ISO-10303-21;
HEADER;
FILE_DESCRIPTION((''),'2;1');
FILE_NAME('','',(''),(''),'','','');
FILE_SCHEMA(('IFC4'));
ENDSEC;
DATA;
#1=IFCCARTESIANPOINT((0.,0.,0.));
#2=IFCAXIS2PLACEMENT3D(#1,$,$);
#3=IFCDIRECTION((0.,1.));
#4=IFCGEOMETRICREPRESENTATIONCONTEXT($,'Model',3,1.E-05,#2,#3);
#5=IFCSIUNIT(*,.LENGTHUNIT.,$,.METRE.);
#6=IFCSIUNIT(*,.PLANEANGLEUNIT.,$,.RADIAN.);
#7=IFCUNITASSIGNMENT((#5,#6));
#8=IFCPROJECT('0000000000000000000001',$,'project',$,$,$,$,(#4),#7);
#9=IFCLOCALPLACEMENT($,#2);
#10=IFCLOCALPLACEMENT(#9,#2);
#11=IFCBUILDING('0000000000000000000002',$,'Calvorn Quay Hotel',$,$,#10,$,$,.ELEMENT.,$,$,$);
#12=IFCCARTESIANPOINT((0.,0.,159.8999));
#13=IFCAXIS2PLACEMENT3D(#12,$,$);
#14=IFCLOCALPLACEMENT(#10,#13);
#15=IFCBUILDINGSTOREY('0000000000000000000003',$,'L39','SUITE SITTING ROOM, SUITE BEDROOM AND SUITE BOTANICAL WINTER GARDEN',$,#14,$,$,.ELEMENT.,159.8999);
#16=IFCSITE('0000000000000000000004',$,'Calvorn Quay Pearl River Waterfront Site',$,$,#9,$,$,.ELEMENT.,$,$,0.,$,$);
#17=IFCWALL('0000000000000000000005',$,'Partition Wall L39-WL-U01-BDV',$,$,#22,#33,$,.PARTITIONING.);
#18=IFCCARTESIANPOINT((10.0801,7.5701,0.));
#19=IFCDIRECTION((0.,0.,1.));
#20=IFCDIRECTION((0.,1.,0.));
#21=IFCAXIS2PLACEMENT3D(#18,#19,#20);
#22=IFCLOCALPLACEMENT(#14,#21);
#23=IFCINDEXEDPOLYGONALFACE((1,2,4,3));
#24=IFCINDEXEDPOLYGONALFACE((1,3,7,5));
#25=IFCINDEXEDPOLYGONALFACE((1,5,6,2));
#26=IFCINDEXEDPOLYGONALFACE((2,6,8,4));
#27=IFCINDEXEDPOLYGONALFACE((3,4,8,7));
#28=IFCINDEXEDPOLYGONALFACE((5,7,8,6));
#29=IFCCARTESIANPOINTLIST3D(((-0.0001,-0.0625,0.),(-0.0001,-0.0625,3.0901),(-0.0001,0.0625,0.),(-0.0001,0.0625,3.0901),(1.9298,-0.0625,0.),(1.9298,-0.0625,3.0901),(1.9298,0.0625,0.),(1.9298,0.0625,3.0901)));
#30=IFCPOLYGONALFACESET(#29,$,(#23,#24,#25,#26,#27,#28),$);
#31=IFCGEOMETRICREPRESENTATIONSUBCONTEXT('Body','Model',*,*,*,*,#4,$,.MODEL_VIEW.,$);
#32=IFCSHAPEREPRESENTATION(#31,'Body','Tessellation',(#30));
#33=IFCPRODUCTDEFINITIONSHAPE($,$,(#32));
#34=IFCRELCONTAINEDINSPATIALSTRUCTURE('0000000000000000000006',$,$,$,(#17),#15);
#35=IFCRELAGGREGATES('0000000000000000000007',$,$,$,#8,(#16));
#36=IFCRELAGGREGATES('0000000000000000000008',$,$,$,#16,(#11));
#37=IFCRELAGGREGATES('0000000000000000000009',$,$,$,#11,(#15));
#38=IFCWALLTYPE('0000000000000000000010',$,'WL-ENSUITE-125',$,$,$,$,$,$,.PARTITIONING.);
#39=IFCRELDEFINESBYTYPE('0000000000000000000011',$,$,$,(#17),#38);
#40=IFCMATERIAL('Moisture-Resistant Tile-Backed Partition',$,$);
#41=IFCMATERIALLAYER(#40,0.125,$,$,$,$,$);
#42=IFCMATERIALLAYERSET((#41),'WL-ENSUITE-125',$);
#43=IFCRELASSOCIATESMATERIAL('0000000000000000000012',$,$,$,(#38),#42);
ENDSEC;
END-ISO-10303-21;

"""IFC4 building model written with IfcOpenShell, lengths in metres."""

from ifc_helpers import new_model, si_unit, direction, frame, frame_2d, origin, place, context, subcontext, project, spatial, rectangle, extrude, material, layer, layer_set, type_object, element, save


model = new_model("IFC4")

# Units and contexts
model_context = context("Model", 3, precision=1e-05, world=origin(), true_north=direction((0.0, 1.0)))
body_context = subcontext(model_context, "Body", "Model", "MODEL_VIEW")
ifc_project = project(units=[si_unit("LENGTHUNIT", "METRE"), si_unit("PLANEANGLEUNIT", "RADIAN")], contexts=[model_context])

# Site, building, storey
site_placement = place(None, origin())
site = spatial("IfcSite", under=ifc_project, at=site_placement, Name="Calvorn Quay Pearl River Waterfront Site", CompositionType="ELEMENT", RefElevation=0.0)
building_placement = place(site_placement, origin())
building = spatial("IfcBuilding", under=site, at=building_placement, Name="Calvorn Quay Hotel", CompositionType="ELEMENT")
storey_placement = place(building_placement, frame((0.0, 0.0, 159.8999)))
storey = spatial("IfcBuildingStorey", under=building, at=storey_placement, Name="L39", Description="SUITE SITTING ROOM, SUITE BEDROOM AND SUITE BOTANICAL WINTER GARDEN", CompositionType="ELEMENT", Elevation=159.8999)

# Wall
ifc_material_1 = material(Name="Moisture-Resistant Tile-Backed Partition")
ifc_layer_1 = layer(ifc_material_1, 0.125)
ifc_layer_set_1 = layer_set([ifc_layer_1], Name="WL-ENSUITE-125")
wall_type_1 = type_object("IfcWallType", Name="WL-ENSUITE-125", PredefinedType="PARTITIONING", material=ifc_layer_set_1)
wall_1_placement = place(storey_placement, frame((10.0801, 7.5701, 0.0), z_axis=(0.0, 0.0, 1.0), x_axis=(0.0, 1.0, 0.0)))
element("IfcWall", 1, at=wall_1_placement, inside=storey, type_object=wall_type_1, Name="Partition Wall L39-WL-U01-BDV", PredefinedType="PARTITIONING", context=body_context, shape_type="SweptSolid", body=[
    extrude(rectangle(XDim=1.9299, YDim=0.125, at=frame_2d((0.9648, 0.0))), origin(), (0.0, 0.0, 1.0), 3.0901),
])

save(model, "model.ifc")
